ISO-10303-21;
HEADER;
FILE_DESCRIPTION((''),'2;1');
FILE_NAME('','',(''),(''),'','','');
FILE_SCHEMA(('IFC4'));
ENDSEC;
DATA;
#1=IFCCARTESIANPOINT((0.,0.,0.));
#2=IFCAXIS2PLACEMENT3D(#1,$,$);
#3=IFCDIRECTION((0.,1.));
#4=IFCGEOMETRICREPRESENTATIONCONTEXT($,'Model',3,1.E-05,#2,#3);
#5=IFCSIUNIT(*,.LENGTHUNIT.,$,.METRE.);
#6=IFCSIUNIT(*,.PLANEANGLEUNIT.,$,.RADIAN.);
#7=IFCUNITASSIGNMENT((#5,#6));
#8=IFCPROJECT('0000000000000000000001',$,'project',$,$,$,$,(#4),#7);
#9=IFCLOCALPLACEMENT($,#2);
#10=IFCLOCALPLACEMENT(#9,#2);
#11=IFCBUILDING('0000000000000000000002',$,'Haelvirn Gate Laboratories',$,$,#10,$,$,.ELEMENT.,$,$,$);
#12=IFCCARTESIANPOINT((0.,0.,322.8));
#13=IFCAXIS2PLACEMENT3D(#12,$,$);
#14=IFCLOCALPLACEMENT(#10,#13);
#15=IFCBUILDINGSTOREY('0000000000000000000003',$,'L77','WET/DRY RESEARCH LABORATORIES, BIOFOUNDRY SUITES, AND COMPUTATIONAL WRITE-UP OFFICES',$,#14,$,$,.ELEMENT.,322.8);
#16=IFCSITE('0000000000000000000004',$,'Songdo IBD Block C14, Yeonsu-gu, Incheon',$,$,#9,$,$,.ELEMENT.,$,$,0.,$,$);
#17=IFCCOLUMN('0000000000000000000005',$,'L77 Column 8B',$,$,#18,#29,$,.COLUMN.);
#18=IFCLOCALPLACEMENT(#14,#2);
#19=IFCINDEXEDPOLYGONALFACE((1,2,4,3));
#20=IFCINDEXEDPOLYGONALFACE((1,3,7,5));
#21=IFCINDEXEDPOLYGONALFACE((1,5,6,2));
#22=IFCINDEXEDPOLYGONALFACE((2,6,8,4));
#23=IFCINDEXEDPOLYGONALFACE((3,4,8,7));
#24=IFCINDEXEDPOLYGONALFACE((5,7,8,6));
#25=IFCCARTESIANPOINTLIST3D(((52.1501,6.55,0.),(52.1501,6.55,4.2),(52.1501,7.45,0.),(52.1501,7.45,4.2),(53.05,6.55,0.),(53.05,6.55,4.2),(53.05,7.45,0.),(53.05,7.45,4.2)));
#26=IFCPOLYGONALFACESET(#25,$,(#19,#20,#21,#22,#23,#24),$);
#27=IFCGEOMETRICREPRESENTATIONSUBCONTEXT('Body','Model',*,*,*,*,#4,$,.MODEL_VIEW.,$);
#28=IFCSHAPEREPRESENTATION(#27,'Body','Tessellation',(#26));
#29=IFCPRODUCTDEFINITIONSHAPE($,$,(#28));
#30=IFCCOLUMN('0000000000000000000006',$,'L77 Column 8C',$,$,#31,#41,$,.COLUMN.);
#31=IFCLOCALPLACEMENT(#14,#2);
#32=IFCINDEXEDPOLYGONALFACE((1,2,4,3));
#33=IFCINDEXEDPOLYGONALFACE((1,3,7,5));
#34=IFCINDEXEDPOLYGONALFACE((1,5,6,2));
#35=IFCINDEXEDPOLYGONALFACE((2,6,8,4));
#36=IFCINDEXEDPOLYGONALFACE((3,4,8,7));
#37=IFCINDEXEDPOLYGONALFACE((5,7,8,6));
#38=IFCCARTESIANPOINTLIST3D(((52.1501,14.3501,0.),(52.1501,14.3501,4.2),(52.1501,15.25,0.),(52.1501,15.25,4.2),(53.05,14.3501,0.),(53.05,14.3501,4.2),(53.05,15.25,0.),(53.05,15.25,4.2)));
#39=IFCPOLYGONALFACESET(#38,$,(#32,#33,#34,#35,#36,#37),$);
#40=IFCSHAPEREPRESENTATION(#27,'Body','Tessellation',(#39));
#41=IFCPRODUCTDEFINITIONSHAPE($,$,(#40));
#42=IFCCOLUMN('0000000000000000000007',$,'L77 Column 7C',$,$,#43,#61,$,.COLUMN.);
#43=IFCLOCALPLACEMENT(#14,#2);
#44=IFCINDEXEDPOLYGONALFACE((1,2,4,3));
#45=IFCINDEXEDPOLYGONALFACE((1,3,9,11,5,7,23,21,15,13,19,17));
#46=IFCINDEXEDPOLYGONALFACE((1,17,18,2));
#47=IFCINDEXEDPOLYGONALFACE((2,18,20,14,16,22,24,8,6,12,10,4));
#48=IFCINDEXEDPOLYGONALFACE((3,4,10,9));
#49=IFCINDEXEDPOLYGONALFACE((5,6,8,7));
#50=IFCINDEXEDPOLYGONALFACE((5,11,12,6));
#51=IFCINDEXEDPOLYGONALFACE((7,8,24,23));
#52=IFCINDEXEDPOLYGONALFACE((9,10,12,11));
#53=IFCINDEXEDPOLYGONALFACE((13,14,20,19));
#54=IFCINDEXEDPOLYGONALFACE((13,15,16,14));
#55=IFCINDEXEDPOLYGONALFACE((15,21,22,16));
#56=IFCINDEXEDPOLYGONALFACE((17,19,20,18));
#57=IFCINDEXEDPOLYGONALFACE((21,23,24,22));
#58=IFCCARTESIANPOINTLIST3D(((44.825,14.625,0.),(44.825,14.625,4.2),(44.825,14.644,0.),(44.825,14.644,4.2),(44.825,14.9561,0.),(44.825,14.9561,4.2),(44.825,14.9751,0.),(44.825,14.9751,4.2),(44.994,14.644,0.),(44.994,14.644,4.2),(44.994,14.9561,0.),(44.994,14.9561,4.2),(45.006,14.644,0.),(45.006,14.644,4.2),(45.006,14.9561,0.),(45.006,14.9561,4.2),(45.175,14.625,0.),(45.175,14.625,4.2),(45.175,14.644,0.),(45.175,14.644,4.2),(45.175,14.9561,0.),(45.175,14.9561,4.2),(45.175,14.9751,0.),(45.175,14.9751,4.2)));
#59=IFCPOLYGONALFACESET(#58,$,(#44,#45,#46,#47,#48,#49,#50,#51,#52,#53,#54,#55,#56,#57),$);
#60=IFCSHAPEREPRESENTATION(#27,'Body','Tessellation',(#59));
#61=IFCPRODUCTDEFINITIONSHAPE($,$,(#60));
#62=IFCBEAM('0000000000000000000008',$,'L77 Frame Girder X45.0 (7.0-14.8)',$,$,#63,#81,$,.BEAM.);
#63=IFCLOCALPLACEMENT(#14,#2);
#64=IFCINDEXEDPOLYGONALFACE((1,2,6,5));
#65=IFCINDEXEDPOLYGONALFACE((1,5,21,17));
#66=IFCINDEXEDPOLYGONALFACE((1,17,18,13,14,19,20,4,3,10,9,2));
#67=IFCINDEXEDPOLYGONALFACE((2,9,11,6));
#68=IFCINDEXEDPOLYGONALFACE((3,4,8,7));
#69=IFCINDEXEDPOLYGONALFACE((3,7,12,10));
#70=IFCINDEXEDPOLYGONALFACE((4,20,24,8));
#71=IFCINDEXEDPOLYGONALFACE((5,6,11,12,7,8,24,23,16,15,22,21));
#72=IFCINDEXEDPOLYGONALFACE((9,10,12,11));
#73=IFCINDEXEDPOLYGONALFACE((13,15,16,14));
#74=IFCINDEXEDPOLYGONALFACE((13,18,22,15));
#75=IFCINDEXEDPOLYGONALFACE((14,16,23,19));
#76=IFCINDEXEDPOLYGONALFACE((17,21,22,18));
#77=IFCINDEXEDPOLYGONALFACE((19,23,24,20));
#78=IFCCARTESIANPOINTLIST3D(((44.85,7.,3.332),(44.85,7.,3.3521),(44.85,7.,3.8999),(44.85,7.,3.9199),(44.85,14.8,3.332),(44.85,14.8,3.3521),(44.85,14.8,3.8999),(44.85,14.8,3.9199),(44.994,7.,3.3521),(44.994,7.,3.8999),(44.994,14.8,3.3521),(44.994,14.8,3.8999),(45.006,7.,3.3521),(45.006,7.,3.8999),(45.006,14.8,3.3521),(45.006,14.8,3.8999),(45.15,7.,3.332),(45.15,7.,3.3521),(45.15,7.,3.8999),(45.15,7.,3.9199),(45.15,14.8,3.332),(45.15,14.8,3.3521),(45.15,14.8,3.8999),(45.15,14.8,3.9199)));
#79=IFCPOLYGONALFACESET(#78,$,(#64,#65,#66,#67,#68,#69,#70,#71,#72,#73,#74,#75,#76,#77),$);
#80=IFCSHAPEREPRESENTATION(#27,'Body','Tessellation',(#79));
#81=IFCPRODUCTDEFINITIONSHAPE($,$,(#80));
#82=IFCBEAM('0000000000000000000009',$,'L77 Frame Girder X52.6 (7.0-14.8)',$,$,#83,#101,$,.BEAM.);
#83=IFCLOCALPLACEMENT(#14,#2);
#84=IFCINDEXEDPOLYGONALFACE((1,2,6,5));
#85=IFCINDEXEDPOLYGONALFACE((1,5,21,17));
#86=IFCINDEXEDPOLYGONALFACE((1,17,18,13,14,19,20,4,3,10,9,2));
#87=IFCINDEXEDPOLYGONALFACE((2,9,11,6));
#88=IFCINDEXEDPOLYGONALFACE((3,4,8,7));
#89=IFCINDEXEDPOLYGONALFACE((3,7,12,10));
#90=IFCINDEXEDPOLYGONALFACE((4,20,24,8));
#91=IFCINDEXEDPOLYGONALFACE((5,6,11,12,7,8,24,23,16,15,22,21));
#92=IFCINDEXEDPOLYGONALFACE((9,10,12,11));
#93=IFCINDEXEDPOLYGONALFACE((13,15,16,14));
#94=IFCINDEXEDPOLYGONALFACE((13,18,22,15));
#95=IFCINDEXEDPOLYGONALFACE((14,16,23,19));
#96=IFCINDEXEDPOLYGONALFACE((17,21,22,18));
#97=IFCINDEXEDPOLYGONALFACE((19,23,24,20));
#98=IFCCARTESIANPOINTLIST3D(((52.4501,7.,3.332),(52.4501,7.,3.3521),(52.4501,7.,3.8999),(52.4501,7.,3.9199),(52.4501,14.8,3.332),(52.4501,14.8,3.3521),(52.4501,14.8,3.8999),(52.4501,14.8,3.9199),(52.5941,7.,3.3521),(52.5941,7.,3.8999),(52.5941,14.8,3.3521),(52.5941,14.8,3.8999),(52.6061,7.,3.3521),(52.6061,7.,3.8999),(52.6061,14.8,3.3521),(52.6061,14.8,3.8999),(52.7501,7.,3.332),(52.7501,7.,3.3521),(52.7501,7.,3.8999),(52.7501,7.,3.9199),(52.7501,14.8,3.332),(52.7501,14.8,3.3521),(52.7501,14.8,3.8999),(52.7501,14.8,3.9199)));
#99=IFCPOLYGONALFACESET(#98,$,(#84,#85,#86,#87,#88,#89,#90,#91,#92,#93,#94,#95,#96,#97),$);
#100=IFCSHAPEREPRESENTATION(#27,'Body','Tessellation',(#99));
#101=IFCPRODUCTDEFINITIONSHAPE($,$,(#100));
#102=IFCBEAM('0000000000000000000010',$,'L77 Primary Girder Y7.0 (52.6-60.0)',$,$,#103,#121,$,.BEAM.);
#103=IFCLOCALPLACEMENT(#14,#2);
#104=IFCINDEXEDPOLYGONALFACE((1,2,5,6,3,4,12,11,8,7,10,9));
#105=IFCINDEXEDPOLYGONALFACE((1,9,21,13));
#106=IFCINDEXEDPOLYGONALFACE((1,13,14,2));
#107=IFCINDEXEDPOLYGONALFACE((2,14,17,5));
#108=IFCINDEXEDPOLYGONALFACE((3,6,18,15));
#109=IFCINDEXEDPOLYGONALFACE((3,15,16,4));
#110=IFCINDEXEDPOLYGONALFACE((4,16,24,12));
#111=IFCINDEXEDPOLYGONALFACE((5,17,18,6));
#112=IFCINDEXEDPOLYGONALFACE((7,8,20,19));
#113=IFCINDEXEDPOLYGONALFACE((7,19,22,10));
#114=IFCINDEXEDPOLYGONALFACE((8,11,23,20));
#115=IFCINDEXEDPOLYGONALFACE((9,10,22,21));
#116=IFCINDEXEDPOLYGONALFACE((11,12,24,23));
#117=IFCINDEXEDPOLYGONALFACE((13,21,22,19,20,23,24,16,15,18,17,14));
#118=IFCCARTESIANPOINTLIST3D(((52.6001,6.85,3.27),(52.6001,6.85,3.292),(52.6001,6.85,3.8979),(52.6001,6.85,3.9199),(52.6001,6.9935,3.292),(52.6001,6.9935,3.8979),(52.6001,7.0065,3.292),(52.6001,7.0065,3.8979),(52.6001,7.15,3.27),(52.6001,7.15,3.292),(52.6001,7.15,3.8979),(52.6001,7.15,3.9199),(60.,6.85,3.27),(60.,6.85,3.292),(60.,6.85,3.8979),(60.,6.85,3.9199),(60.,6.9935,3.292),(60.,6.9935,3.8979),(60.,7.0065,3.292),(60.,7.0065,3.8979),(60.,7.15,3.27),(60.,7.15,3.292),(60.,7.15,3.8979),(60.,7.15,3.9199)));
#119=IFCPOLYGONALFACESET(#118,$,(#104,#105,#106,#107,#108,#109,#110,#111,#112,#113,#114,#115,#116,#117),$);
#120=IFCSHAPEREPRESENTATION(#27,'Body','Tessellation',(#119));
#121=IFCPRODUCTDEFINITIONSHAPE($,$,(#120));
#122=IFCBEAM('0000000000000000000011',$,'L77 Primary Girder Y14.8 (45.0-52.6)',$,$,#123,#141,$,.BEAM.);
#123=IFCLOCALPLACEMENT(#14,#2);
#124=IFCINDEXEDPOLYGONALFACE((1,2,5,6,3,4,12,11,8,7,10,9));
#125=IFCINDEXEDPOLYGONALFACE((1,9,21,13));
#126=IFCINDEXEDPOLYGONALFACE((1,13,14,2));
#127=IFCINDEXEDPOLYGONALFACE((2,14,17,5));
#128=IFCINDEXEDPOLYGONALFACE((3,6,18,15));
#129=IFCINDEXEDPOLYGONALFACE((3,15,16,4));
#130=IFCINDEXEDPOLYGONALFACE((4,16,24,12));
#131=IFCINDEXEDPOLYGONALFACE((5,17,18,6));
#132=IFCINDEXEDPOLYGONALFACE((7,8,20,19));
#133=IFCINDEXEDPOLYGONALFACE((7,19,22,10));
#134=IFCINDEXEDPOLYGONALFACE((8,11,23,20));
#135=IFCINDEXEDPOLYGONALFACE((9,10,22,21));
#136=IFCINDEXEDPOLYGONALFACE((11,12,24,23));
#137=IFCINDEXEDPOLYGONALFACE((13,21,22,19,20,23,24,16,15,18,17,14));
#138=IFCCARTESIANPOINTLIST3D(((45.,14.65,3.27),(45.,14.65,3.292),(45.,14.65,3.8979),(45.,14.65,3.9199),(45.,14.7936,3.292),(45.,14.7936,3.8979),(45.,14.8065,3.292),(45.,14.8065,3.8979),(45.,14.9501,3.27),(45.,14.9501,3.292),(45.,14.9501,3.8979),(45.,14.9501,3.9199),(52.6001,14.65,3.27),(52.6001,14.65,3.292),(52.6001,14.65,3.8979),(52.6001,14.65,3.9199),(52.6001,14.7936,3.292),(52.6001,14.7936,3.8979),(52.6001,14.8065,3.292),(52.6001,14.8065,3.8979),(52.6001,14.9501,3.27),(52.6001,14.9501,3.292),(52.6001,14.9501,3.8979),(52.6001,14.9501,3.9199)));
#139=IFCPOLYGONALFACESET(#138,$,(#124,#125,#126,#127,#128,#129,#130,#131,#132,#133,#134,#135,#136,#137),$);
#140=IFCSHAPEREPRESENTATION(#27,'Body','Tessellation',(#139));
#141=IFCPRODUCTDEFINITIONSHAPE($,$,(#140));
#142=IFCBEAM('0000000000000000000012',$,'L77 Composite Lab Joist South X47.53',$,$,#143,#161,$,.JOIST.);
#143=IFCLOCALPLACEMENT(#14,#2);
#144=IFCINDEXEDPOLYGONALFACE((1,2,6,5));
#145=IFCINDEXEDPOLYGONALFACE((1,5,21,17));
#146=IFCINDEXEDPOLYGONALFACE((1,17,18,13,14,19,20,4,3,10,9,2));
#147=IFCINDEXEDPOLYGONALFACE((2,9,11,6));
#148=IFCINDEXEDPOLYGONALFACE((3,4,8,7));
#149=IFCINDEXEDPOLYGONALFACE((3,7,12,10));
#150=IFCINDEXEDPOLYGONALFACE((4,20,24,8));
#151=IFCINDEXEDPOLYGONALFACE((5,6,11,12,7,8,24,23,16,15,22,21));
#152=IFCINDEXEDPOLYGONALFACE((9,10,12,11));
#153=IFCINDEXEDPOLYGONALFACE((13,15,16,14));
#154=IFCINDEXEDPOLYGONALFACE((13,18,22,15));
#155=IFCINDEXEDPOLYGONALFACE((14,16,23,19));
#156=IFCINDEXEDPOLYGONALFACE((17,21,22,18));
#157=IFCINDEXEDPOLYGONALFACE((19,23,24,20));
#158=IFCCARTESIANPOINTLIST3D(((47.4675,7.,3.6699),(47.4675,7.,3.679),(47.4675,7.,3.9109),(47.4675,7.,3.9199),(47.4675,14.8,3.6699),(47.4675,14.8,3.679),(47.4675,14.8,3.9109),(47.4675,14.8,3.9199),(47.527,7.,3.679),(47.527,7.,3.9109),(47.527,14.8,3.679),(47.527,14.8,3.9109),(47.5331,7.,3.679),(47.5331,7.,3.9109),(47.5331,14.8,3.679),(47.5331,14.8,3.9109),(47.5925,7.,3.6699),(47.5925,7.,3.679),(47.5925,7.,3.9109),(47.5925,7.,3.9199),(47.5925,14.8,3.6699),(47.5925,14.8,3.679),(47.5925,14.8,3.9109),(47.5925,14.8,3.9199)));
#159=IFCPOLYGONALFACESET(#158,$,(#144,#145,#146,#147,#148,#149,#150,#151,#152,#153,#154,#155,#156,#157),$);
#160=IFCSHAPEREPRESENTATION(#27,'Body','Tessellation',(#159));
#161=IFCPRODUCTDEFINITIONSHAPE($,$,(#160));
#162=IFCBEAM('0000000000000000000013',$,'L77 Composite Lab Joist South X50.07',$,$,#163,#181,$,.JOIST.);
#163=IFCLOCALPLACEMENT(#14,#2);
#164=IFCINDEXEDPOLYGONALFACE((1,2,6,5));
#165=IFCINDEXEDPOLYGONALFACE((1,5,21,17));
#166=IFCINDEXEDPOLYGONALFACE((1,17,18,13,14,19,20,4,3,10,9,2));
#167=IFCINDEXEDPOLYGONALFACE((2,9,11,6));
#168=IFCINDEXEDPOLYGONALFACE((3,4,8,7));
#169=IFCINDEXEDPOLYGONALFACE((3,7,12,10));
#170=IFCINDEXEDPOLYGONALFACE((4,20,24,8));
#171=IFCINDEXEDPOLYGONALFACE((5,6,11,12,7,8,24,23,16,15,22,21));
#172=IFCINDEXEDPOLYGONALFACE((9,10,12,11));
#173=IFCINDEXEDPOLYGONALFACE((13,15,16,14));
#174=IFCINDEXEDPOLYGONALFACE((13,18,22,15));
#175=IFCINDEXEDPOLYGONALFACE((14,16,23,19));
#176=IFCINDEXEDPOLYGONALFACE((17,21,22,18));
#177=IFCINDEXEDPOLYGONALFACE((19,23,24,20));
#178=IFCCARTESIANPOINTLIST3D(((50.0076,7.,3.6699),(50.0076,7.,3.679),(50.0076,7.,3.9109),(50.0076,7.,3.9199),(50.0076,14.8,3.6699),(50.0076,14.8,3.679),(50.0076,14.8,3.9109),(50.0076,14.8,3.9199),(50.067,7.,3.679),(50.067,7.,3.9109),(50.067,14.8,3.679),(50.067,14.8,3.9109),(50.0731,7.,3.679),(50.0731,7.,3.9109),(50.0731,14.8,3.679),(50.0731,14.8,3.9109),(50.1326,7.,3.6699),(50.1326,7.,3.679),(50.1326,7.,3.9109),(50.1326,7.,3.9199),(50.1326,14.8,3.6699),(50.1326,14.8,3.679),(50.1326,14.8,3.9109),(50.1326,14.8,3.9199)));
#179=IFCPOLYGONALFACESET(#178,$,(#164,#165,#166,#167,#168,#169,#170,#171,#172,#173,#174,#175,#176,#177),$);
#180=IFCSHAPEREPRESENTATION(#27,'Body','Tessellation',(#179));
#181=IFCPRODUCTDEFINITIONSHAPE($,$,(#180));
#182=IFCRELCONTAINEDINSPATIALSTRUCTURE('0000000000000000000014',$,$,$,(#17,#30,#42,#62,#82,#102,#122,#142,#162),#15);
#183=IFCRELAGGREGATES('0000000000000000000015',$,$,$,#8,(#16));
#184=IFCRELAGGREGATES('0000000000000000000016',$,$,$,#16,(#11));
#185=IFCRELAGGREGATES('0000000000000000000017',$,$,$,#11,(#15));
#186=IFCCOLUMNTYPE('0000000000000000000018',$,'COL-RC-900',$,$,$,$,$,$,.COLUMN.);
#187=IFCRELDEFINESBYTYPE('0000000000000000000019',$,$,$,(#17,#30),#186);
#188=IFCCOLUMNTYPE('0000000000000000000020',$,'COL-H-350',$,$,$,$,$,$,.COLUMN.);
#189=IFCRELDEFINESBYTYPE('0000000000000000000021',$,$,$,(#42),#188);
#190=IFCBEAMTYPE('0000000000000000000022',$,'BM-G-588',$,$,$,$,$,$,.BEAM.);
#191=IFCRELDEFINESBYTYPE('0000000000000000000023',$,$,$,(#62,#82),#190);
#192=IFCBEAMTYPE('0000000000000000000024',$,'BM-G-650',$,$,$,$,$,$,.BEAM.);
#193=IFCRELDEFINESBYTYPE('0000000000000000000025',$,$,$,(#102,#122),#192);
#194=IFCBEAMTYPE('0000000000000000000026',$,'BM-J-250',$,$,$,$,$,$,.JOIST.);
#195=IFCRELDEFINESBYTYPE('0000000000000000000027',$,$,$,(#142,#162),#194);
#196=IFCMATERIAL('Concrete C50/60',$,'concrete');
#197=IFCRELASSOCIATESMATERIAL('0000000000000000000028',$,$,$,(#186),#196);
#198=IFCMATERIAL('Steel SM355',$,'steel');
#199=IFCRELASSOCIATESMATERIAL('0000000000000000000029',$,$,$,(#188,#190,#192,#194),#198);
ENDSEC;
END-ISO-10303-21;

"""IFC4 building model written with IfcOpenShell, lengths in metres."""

from ifc_helpers import new_model, si_unit, direction, frame, origin, origin_2d, place, context, subcontext, project, spatial, rectangle, i_section, extrude, source, transform, mapped, material, material_profile, profile_set, type_object, type_shapes, element, save


model = new_model("IFC4")

# Units and contexts
model_context = context("Model", 3, precision=1e-05, world=origin(), true_north=direction((0.0, 1.0)))
body_context = subcontext(model_context, "Body", "Model", "MODEL_VIEW")
ifc_project = project(units=[si_unit("LENGTHUNIT", "METRE"), si_unit("PLANEANGLEUNIT", "RADIAN")], contexts=[model_context])

# Site, building, storey
site_placement = place(None, origin())
site = spatial("IfcSite", under=ifc_project, at=site_placement, Name="Songdo IBD Block C14, Yeonsu-gu, Incheon", CompositionType="ELEMENT", RefElevation=0.0)
building_placement = place(site_placement, origin())
building = spatial("IfcBuilding", under=site, at=building_placement, Name="Haelvirn Gate Laboratories", CompositionType="ELEMENT")
storey_placement = place(building_placement, frame((0.0, 0.0, 322.8)))
storey = spatial("IfcBuildingStorey", under=building, at=storey_placement, Name="L77", Description="WET/DRY RESEARCH LABORATORIES, BIOFOUNDRY SUITES, AND COMPUTATIONAL WRITE-UP OFFICES", CompositionType="ELEMENT", Elevation=322.8)

# Columns
ifc_material_1 = material(Name="Concrete C50/60", Category="concrete")
ifc_material_profile_1 = material_profile(ifc_material_1, rectangle(XDim=0.8999, YDim=0.8999, at=origin_2d()), Name="RC-900x900")
ifc_profile_set_1 = profile_set([ifc_material_profile_1], Name="Concrete C50/60")
column_type_1 = type_object("IfcColumnType", Name="COL-RC-900", PredefinedType="COLUMN", material=ifc_profile_set_1)
shared_shape_1 = source(origin(), body_context, "Body", "SweptSolid", [
    extrude(rectangle(XDim=0.8999, YDim=0.8999, at=origin_2d()), origin(), (0.0, 0.0, 1.0), 4.2),
])
type_shapes(column_type_1, [shared_shape_1])
for number, where, z_axis, x_axis, name in (
    (1, (52.6001, 7.0, 0.0), (0.0, 0.0, 1.0), (1.0, 0.0, 0.0), "L77 Column 8B"),
    (2, (52.6001, 14.8, 0.0), (0.0, 0.0, 1.0), (1.0, 0.0, 0.0), "L77 Column 8C"),
):
    element("IfcColumn", number, at=place(storey_placement, frame(where, z_axis=z_axis, x_axis=x_axis)), inside=storey, type_object=column_type_1, Name=name, PredefinedType="COLUMN", context=body_context, shape_type="MappedRepresentation", body=[
        mapped(shared_shape_1, transform((0.0, 0.0, 0.0), scale=1.0)),
    ])
ifc_material_2 = material(Name="Steel SM355", Category="steel")
ifc_material_profile_2 = material_profile(ifc_material_2, i_section(OverallWidth=0.3501, OverallDepth=0.3501, WebThickness=0.012, FlangeThickness=0.019, at=origin_2d()), Name="H-350x350x12x19")
ifc_profile_set_2 = profile_set([ifc_material_profile_2], Name="Steel SM355")
column_type_2 = type_object("IfcColumnType", Name="COL-H-350", PredefinedType="COLUMN", material=ifc_profile_set_2)
shared_shape_2 = source(origin(), body_context, "Body", "SweptSolid", [
    extrude(i_section(OverallWidth=0.3501, OverallDepth=0.3501, WebThickness=0.012, FlangeThickness=0.019, at=origin_2d()), origin(), (0.0, 0.0, 1.0), 4.2),
])
type_shapes(column_type_2, [shared_shape_2])
column_placement = place(storey_placement, frame((45.0, 14.8, 0.0), z_axis=(0.0, 0.0, 1.0), x_axis=(1.0, 0.0, 0.0)))
element("IfcColumn", 3, at=column_placement, inside=storey, type_object=column_type_2, Name="L77 Column 7C", PredefinedType="COLUMN", context=body_context, shape_type="MappedRepresentation", body=[
    mapped(shared_shape_2, transform((0.0, 0.0, 0.0), scale=1.0)),
])

# Beams
ifc_material_profile_3 = material_profile(ifc_material_2, i_section(OverallWidth=0.3, OverallDepth=0.5879, WebThickness=0.012, FlangeThickness=0.02, at=origin_2d()), Name="H-588x300x12x20")
ifc_profile_set_3 = profile_set([ifc_material_profile_3], Name="Steel SM355")
beam_type_1 = type_object("IfcBeamType", Name="BM-G-588", PredefinedType="BEAM", material=ifc_profile_set_3)
shared_shape_3 = source(origin(), body_context, "Body", "SweptSolid", [
    extrude(i_section(OverallWidth=0.3, OverallDepth=0.5879, WebThickness=0.012, FlangeThickness=0.02, at=origin_2d()), origin(), (0.0, 0.0, 1.0), 7.8),
])
type_shapes(beam_type_1, [shared_shape_3])
for number, where, z_axis, x_axis, name in (
    (4, (45.0, 7.0, 3.626), (0.0, 1.0, 0.0), (-1.0, 0.0, 0.0), "L77 Frame Girder X45.0 (7.0-14.8)"),
    (5, (52.6001, 7.0, 3.626), (0.0, 1.0, 0.0), (-1.0, 0.0, 0.0), "L77 Frame Girder X52.6 (7.0-14.8)"),
):
    element("IfcBeam", number, at=place(storey_placement, frame(where, z_axis=z_axis, x_axis=x_axis)), inside=storey, type_object=beam_type_1, Name=name, PredefinedType="BEAM", context=body_context, shape_type="MappedRepresentation", body=[
        mapped(shared_shape_3, transform((0.0, 0.0, 0.0), scale=1.0)),
    ])
ifc_material_profile_4 = material_profile(ifc_material_2, i_section(OverallWidth=0.3, OverallDepth=0.6499, WebThickness=0.0129, FlangeThickness=0.022, at=origin_2d()), Name="H-650x300x13x22")
ifc_profile_set_4 = profile_set([ifc_material_profile_4], Name="Steel SM355")
beam_type_2 = type_object("IfcBeamType", Name="BM-G-650", PredefinedType="BEAM", material=ifc_profile_set_4)
shared_shape_4 = source(origin(), body_context, "Body", "SweptSolid", [
    extrude(i_section(OverallWidth=0.3, OverallDepth=0.6499, WebThickness=0.0129, FlangeThickness=0.022, at=origin_2d()), origin(), (0.0, 0.0, 1.0), 7.3999),
])
beam_1_placement = place(storey_placement, frame((52.6001, 7.0, 3.595), z_axis=(1.0, 0.0, 0.0), x_axis=(0.0, 1.0, 0.0)))
element("IfcBeam", 6, at=beam_1_placement, inside=storey, type_object=beam_type_2, Name="L77 Primary Girder Y7.0 (52.6-60.0)", PredefinedType="BEAM", context=body_context, shape_type="MappedRepresentation", body=[
    mapped(shared_shape_4, transform((0.0, 0.0, 0.0), scale=1.0)),
])
shared_shape_5 = source(origin(), body_context, "Body", "SweptSolid", [
    extrude(i_section(OverallWidth=0.3, OverallDepth=0.6499, WebThickness=0.0129, FlangeThickness=0.022, at=origin_2d()), origin(), (0.0, 0.0, 1.0), 7.6001),
])
type_shapes(beam_type_2, [shared_shape_4, shared_shape_5])
beam_2_placement = place(storey_placement, frame((45.0, 14.8, 3.595), z_axis=(1.0, 0.0, 0.0), x_axis=(0.0, 1.0, 0.0)))
element("IfcBeam", 7, at=beam_2_placement, inside=storey, type_object=beam_type_2, Name="L77 Primary Girder Y14.8 (45.0-52.6)", PredefinedType="BEAM", context=body_context, shape_type="MappedRepresentation", body=[
    mapped(shared_shape_5, transform((0.0, 0.0, 0.0), scale=1.0)),
])
ifc_material_profile_5 = material_profile(ifc_material_2, i_section(OverallWidth=0.125, OverallDepth=0.25, WebThickness=0.0061, FlangeThickness=0.009, at=origin_2d()), Name="H-250x125x6x9")
ifc_profile_set_5 = profile_set([ifc_material_profile_5], Name="Steel SM355")
beam_type_3 = type_object("IfcBeamType", Name="BM-J-250", PredefinedType="JOIST", material=ifc_profile_set_5)
shared_shape_6 = source(origin(), body_context, "Body", "SweptSolid", [
    extrude(i_section(OverallWidth=0.125, OverallDepth=0.25, WebThickness=0.0061, FlangeThickness=0.009, at=origin_2d()), origin(), (0.0, 0.0, 1.0), 7.8),
])
type_shapes(beam_type_3, [shared_shape_6])
for number, where, z_axis, x_axis, name in (
    (8, (47.53, 7.0, 3.7949), (0.0, 1.0, 0.0), (-1.0, 0.0, 0.0), "L77 Composite Lab Joist South X47.53"),
    (9, (50.0701, 7.0, 3.7949), (0.0, 1.0, 0.0), (-1.0, 0.0, 0.0), "L77 Composite Lab Joist South X50.07"),
):
    element("IfcBeam", number, at=place(storey_placement, frame(where, z_axis=z_axis, x_axis=x_axis)), inside=storey, type_object=beam_type_3, Name=name, PredefinedType="JOIST", context=body_context, shape_type="MappedRepresentation", body=[
        mapped(shared_shape_6, transform((0.0, 0.0, 0.0), scale=1.0)),
    ])

save(model, "model.ifc")
